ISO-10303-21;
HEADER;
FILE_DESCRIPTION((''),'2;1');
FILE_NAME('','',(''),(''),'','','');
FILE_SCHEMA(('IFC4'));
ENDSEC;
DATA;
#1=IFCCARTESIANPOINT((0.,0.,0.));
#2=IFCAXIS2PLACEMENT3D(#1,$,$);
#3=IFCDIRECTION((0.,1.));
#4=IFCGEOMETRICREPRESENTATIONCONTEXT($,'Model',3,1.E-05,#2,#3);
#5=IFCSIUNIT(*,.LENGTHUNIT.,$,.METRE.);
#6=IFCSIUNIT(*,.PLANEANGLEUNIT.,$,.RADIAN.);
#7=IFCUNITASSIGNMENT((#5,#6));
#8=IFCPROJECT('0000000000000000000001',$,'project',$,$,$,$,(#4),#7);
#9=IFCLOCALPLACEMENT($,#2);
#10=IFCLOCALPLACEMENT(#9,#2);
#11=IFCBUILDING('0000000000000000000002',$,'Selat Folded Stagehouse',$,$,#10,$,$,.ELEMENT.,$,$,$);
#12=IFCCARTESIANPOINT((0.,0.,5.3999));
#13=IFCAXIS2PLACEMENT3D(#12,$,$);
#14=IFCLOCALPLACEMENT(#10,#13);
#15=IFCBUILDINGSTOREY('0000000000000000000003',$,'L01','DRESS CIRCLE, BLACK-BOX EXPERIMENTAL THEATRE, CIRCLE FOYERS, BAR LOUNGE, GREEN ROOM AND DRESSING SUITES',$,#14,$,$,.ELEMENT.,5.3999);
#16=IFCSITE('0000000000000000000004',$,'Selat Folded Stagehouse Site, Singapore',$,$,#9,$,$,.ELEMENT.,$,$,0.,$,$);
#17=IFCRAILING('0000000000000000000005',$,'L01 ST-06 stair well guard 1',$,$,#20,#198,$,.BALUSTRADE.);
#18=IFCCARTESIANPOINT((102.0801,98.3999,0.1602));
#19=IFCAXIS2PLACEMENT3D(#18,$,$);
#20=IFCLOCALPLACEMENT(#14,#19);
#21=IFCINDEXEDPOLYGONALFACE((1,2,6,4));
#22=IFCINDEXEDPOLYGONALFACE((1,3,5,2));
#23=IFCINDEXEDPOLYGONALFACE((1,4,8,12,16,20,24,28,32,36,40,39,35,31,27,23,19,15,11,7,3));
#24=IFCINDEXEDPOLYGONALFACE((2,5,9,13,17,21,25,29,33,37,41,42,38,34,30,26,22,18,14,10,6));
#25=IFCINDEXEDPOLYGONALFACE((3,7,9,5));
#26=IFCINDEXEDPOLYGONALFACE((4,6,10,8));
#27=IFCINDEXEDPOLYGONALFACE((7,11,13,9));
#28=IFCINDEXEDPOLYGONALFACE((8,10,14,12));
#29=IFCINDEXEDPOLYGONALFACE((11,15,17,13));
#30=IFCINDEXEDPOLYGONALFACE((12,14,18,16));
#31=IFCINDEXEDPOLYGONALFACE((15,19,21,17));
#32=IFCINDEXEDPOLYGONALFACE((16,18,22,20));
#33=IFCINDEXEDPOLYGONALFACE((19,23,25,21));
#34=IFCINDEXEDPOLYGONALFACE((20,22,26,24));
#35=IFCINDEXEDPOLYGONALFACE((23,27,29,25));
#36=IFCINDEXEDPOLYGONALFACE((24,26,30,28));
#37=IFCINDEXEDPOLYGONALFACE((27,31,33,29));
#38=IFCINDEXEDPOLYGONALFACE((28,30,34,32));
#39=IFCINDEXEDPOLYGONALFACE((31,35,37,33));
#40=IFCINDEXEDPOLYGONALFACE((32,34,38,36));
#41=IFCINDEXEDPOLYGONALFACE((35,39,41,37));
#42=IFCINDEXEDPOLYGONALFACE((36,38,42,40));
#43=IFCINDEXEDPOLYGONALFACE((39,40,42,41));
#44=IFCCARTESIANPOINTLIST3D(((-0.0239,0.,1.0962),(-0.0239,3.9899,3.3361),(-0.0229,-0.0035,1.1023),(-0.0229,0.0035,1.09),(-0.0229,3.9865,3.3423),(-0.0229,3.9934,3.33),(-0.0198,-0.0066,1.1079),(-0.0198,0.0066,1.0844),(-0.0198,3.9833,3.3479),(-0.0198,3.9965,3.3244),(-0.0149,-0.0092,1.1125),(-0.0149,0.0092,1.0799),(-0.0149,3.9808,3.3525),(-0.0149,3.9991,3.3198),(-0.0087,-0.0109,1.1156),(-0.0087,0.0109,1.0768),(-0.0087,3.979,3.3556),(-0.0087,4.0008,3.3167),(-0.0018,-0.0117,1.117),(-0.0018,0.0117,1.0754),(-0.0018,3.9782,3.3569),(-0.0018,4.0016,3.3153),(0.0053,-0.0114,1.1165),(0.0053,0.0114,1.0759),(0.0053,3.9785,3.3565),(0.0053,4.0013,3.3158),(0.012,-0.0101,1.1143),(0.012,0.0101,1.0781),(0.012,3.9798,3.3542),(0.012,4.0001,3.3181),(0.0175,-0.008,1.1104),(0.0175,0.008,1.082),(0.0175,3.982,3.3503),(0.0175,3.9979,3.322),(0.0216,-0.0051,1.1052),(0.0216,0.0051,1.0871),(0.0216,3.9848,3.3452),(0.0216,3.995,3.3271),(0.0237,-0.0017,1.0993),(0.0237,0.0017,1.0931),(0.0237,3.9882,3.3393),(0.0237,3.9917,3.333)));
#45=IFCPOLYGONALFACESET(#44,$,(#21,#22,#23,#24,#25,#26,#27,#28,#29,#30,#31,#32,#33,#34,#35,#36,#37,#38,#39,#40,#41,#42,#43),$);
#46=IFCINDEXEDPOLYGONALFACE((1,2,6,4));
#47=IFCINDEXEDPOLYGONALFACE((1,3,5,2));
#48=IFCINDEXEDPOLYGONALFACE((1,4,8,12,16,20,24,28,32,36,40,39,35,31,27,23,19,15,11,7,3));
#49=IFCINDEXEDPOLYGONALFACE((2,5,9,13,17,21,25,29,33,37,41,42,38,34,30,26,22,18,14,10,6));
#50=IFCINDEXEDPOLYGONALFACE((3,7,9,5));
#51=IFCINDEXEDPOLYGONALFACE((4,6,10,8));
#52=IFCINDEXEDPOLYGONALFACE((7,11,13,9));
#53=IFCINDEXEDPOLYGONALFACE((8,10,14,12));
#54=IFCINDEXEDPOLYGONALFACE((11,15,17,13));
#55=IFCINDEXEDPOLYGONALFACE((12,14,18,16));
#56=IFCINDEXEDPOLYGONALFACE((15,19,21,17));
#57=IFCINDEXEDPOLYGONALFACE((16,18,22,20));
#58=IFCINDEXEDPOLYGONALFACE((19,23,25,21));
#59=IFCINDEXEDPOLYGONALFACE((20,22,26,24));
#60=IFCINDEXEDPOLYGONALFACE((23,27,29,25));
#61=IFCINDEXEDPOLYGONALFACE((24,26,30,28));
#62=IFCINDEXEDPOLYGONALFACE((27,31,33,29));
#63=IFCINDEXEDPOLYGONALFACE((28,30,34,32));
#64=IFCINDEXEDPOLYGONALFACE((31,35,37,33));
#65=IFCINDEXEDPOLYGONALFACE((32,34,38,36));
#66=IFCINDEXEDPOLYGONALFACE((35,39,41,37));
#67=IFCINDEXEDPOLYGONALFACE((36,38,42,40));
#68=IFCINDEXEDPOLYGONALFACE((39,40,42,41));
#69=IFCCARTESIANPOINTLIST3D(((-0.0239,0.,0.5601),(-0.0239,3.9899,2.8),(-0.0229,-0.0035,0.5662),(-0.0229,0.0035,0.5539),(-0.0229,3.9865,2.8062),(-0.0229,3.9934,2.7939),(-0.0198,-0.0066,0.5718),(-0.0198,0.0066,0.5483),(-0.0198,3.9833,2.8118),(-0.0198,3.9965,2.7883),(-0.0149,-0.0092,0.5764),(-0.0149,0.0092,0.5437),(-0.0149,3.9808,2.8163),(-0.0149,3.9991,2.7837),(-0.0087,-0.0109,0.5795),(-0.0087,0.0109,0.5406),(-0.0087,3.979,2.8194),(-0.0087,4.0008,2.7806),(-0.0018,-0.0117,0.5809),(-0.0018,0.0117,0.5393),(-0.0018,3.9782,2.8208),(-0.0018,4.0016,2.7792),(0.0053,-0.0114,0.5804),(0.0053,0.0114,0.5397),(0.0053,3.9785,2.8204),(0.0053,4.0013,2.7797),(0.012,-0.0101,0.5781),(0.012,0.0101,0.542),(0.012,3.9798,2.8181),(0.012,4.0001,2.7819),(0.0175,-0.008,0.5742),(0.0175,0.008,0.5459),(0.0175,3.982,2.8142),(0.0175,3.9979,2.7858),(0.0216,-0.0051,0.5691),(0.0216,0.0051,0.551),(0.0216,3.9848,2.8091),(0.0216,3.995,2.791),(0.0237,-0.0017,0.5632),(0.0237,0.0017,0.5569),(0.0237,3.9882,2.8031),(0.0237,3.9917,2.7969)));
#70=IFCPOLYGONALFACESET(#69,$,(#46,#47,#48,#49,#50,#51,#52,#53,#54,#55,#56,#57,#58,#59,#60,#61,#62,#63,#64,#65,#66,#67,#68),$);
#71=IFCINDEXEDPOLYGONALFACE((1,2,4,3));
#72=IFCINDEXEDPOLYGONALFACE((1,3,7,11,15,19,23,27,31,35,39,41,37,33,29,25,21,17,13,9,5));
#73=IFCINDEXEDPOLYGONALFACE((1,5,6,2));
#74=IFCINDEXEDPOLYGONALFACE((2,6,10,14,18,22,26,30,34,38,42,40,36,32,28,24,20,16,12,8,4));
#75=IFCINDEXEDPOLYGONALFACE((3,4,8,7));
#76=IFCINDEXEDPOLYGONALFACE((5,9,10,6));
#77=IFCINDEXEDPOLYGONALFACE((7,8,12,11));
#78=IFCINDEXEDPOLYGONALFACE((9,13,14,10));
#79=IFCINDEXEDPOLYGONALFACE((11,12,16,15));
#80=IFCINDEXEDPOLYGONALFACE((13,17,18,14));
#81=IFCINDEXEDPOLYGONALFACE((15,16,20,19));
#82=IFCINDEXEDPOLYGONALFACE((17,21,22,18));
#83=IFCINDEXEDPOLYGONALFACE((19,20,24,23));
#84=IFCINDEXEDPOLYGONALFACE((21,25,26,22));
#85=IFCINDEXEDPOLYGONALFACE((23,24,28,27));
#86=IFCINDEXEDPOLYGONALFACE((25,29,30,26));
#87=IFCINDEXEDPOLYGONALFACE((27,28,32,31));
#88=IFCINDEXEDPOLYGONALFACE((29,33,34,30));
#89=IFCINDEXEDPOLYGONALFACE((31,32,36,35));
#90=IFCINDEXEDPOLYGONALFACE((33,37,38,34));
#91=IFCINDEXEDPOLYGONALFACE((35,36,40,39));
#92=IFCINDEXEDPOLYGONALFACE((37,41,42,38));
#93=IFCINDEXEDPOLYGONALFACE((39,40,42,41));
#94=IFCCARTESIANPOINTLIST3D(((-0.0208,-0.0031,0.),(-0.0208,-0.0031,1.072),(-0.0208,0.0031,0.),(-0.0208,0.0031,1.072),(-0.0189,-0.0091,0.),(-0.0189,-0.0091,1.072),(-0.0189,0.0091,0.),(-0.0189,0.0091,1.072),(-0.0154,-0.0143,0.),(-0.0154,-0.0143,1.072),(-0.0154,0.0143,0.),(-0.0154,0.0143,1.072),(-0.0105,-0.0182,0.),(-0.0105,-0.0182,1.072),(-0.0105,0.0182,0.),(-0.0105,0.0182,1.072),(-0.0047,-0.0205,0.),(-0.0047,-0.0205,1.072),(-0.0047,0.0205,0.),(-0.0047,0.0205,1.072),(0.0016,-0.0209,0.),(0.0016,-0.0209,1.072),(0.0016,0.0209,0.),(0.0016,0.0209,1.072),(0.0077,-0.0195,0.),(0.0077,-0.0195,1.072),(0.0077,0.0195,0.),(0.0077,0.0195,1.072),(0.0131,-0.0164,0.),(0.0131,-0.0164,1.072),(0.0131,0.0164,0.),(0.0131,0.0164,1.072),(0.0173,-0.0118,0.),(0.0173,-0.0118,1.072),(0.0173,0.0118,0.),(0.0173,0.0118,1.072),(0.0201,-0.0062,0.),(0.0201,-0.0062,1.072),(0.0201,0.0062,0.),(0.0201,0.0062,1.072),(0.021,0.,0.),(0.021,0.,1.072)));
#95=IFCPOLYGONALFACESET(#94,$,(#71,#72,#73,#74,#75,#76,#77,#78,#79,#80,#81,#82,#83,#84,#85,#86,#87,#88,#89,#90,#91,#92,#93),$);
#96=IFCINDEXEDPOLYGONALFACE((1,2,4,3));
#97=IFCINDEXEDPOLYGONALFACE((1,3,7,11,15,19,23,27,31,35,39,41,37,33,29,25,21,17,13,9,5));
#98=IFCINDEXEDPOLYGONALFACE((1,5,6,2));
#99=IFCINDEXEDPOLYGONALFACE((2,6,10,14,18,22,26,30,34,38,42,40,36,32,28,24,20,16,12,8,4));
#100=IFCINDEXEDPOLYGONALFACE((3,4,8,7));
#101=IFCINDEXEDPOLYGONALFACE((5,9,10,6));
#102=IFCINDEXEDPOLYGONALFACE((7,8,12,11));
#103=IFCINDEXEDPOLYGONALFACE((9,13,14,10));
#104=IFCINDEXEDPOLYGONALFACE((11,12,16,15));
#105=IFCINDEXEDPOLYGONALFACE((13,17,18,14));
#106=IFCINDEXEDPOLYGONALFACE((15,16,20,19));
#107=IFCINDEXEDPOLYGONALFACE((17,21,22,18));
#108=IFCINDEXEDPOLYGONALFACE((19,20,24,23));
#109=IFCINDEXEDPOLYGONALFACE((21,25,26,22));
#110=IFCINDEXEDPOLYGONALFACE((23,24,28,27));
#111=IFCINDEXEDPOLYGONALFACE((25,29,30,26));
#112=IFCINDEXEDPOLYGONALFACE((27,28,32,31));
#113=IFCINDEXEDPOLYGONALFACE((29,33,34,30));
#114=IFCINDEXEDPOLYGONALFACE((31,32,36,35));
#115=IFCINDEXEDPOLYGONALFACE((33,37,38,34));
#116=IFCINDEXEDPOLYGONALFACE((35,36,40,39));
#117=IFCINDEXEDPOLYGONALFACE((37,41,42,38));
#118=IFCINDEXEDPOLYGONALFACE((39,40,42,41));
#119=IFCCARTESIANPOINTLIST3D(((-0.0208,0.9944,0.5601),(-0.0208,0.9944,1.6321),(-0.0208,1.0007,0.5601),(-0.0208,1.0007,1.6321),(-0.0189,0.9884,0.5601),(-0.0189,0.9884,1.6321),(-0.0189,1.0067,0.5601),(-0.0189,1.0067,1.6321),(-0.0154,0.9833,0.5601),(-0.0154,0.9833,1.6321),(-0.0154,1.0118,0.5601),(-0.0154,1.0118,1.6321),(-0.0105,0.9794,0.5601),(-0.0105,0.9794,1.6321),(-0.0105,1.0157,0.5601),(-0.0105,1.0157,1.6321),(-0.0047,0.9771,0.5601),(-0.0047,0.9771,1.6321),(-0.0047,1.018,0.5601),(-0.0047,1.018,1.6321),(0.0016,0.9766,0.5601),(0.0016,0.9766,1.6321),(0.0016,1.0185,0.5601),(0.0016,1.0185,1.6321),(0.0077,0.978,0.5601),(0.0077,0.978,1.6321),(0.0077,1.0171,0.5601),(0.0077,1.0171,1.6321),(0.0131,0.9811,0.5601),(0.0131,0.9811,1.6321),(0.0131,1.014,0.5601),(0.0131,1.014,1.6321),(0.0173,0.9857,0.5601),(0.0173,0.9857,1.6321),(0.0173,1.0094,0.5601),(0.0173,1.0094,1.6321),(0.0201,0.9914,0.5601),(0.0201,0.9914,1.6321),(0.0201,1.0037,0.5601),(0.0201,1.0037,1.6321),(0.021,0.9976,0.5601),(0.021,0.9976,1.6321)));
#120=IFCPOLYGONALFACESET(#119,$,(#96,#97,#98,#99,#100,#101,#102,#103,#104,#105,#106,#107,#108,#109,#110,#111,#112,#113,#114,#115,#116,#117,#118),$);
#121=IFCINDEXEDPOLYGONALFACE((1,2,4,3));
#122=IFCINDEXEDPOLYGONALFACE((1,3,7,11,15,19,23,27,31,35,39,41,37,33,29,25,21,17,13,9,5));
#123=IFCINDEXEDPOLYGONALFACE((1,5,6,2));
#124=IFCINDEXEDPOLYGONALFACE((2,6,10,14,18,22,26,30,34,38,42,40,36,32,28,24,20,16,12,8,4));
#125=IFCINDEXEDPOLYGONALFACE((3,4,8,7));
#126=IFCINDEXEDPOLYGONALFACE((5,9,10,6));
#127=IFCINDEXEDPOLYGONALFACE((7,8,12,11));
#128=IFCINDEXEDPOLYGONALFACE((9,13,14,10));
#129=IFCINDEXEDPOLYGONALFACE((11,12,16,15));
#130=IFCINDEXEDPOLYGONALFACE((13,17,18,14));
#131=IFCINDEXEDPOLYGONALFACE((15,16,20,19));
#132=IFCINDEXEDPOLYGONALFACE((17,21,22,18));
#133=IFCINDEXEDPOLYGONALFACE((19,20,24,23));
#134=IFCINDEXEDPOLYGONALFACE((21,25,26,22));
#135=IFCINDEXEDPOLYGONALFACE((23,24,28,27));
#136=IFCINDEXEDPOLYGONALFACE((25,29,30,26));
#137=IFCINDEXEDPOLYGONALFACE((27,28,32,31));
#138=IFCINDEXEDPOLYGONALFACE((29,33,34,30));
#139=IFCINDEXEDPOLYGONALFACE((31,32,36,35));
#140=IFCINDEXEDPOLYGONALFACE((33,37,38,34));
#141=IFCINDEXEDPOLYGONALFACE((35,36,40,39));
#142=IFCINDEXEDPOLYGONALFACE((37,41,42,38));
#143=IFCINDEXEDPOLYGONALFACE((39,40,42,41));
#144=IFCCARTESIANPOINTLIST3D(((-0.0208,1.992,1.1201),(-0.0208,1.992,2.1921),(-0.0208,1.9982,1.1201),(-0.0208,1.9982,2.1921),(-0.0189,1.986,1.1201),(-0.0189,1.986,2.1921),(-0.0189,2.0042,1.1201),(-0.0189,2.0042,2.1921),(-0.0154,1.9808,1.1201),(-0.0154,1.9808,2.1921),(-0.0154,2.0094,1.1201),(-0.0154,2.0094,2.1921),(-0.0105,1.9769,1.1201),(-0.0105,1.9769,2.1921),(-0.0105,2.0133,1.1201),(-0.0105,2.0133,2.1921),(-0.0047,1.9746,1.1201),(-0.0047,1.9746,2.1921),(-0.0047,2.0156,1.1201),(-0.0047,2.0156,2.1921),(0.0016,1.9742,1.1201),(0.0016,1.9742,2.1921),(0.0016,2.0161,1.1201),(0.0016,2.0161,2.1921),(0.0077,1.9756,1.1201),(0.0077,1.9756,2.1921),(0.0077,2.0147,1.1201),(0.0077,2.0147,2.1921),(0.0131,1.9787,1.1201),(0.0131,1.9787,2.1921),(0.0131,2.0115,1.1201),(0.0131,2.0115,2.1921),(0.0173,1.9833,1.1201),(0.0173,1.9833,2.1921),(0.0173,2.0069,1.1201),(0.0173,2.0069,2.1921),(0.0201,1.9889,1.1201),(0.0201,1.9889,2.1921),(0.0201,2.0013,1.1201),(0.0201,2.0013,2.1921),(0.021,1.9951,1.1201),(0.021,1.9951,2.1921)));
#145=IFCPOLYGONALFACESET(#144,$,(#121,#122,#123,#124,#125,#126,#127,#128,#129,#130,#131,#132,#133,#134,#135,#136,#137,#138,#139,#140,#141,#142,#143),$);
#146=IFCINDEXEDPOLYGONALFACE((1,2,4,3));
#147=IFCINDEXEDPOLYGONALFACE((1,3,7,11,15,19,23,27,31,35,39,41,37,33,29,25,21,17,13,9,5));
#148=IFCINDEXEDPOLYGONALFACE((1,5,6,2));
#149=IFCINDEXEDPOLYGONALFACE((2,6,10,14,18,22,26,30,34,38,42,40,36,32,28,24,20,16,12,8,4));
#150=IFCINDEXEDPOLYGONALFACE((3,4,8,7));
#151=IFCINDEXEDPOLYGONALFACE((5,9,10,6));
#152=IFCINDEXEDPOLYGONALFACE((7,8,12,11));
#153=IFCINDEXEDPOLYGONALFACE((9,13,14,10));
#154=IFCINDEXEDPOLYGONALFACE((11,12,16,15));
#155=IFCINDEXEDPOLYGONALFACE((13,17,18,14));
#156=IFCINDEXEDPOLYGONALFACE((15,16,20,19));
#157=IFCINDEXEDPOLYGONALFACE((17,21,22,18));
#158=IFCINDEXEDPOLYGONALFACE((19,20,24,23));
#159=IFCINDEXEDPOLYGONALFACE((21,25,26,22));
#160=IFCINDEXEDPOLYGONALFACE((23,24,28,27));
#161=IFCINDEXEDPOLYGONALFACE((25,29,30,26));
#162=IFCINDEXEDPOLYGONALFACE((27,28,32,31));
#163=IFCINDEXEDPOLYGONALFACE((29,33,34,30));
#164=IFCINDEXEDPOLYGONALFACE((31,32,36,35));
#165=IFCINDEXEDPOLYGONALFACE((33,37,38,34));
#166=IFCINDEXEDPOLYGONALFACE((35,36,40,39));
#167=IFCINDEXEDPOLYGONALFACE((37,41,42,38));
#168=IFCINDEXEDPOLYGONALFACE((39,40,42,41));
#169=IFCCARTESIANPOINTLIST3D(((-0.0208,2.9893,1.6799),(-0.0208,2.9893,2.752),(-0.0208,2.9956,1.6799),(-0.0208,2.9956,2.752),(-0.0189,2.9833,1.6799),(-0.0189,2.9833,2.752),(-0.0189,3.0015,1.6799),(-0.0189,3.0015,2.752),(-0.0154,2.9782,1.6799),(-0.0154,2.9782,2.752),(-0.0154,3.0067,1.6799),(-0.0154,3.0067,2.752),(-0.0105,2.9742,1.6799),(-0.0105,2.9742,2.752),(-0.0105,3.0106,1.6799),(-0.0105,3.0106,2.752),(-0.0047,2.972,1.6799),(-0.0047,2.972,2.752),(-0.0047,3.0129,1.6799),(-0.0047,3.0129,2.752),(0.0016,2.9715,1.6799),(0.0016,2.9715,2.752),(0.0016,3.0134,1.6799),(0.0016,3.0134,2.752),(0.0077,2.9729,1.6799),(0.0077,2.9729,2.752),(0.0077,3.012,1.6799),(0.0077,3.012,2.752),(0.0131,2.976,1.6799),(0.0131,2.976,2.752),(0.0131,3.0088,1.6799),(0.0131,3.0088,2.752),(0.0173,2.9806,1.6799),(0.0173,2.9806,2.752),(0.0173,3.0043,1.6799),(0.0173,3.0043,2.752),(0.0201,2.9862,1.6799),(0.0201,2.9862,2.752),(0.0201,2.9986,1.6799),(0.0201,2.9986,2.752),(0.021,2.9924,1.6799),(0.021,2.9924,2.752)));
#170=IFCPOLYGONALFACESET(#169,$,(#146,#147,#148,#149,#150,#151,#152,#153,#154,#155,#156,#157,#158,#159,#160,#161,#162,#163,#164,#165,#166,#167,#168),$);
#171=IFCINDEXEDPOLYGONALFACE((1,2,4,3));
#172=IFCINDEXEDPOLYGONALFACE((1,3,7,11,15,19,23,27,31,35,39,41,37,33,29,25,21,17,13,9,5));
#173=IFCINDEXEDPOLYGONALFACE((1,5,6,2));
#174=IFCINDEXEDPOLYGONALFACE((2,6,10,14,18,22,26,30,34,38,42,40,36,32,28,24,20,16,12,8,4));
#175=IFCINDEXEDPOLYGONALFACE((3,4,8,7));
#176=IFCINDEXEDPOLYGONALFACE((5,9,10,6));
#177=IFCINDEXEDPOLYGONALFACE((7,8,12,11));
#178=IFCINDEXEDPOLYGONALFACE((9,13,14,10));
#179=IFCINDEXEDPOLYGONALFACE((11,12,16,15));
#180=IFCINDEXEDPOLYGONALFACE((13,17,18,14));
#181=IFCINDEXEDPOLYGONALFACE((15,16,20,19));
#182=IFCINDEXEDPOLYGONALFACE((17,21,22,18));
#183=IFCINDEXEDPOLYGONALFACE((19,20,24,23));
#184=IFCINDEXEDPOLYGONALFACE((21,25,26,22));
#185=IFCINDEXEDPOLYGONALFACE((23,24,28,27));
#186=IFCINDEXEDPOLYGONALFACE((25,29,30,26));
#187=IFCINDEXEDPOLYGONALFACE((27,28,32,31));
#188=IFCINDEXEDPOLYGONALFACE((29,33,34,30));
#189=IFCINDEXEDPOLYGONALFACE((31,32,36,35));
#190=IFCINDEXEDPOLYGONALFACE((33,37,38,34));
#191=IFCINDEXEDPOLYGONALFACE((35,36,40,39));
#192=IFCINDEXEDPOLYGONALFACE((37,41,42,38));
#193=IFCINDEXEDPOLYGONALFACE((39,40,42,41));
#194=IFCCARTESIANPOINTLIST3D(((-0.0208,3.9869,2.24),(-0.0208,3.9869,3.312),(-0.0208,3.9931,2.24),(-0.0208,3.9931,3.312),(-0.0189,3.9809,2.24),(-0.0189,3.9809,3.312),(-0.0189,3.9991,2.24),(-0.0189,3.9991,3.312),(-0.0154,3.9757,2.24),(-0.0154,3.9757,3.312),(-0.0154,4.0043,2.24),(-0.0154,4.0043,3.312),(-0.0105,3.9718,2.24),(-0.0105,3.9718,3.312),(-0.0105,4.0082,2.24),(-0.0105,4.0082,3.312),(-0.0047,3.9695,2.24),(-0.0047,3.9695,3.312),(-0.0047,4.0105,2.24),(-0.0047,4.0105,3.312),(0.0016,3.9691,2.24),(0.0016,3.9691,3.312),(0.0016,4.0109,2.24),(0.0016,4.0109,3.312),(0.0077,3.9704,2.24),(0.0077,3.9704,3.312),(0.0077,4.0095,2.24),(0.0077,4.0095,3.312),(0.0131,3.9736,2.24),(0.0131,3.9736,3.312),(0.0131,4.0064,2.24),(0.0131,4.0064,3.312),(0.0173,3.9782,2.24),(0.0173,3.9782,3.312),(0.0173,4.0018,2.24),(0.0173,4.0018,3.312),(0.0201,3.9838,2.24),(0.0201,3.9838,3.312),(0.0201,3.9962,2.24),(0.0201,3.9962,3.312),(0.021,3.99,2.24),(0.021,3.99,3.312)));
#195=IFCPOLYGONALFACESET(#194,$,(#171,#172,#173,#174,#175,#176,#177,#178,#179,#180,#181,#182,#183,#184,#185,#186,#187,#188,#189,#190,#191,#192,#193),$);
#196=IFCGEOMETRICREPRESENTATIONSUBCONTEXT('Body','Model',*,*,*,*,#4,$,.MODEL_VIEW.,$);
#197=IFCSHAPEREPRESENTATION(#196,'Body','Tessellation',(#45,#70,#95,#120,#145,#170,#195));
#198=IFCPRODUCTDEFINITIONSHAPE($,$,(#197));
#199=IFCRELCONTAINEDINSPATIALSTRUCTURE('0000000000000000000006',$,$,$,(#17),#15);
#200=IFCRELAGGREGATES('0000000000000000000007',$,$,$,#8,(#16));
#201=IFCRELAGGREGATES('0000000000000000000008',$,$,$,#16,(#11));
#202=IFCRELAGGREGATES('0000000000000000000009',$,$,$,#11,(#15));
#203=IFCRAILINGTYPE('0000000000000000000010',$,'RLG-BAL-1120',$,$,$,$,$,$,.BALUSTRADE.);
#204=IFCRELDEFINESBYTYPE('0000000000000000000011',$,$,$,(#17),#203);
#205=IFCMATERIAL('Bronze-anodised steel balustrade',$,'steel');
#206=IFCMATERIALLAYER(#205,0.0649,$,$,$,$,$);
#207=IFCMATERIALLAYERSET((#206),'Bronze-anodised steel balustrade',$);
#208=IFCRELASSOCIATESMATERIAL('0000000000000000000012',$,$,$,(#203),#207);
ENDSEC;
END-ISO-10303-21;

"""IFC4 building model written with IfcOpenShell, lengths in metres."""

from ifc_helpers import new_model, si_unit, direction, frame, origin, origin_2d, place, context, subcontext, project, spatial, circle, extrude, material, layer, layer_set, type_object, element, save


model = new_model("IFC4")

# Units and contexts
model_context = context("Model", 3, precision=1e-05, world=origin(), true_north=direction((0.0, 1.0)))
body_context = subcontext(model_context, "Body", "Model", "MODEL_VIEW")
ifc_project = project(units=[si_unit("LENGTHUNIT", "METRE"), si_unit("PLANEANGLEUNIT", "RADIAN")], contexts=[model_context])

# Site, building, storey
site_placement = place(None, origin())
site = spatial("IfcSite", under=ifc_project, at=site_placement, Name="Selat Folded Stagehouse Site, Singapore", CompositionType="ELEMENT", RefElevation=0.0)
building_placement = place(site_placement, origin())
building = spatial("IfcBuilding", under=site, at=building_placement, Name="Selat Folded Stagehouse", CompositionType="ELEMENT")
storey_placement = place(building_placement, frame((0.0, 0.0, 5.3999)))
storey = spatial("IfcBuildingStorey", under=building, at=storey_placement, Name="L01", Description="DRESS CIRCLE, BLACK-BOX EXPERIMENTAL THEATRE, CIRCLE FOYERS, BAR LOUNGE, GREEN ROOM AND DRESSING SUITES", CompositionType="ELEMENT", Elevation=5.3999)

# Railing
ifc_material_1 = material(Name="Bronze-anodised steel balustrade", Category="steel")
ifc_layer_1 = layer(ifc_material_1, 0.0649)
ifc_layer_set_1 = layer_set([ifc_layer_1], Name="Bronze-anodised steel balustrade")
railing_type_1 = type_object("IfcRailingType", Name="RLG-BAL-1120", PredefinedType="BALUSTRADE", material=ifc_layer_set_1)
railing_1_placement = place(storey_placement, frame((102.0801, 98.3999, 0.1602)))
element("IfcRailing", 1, at=railing_1_placement, inside=storey, type_object=railing_type_1, Name="L01 ST-06 stair well guard 1", PredefinedType="BALUSTRADE", context=body_context, shape_type="SweptSolid", body=[
    extrude(circle(Radius=0.0239, at=origin_2d()), frame((0.0, 0.0, 1.0962), z_axis=(0.0, 0.871984, 0.489534), x_axis=(-1.0, 0.0, 0.0)), (0.0, 0.0, 1.0), 4.5757),
    extrude(circle(Radius=0.0239, at=origin_2d()), frame((0.0, 0.0, 0.5601), z_axis=(0.0, 0.871984, 0.489534), x_axis=(-1.0, 0.0, 0.0)), (0.0, 0.0, 1.0), 4.5757),
    extrude(circle(Radius=0.021, at=origin_2d()), origin(), (0.0, 0.0, 1.0), 1.072),
    extrude(circle(Radius=0.021, at=origin_2d()), frame((0.0, 0.9976, 0.5601)), (0.0, 0.0, 1.0), 1.072),
    extrude(circle(Radius=0.021, at=origin_2d()), frame((0.0, 1.9951, 1.1201)), (0.0, 0.0, 1.0), 1.072),
    extrude(circle(Radius=0.021, at=origin_2d()), frame((0.0, 2.9924, 1.6799)), (0.0, 0.0, 1.0), 1.072),
    extrude(circle(Radius=0.021, at=origin_2d()), frame((0.0, 3.99, 2.24)), (0.0, 0.0, 1.0), 1.072),
])

save(model, "model.ifc")
